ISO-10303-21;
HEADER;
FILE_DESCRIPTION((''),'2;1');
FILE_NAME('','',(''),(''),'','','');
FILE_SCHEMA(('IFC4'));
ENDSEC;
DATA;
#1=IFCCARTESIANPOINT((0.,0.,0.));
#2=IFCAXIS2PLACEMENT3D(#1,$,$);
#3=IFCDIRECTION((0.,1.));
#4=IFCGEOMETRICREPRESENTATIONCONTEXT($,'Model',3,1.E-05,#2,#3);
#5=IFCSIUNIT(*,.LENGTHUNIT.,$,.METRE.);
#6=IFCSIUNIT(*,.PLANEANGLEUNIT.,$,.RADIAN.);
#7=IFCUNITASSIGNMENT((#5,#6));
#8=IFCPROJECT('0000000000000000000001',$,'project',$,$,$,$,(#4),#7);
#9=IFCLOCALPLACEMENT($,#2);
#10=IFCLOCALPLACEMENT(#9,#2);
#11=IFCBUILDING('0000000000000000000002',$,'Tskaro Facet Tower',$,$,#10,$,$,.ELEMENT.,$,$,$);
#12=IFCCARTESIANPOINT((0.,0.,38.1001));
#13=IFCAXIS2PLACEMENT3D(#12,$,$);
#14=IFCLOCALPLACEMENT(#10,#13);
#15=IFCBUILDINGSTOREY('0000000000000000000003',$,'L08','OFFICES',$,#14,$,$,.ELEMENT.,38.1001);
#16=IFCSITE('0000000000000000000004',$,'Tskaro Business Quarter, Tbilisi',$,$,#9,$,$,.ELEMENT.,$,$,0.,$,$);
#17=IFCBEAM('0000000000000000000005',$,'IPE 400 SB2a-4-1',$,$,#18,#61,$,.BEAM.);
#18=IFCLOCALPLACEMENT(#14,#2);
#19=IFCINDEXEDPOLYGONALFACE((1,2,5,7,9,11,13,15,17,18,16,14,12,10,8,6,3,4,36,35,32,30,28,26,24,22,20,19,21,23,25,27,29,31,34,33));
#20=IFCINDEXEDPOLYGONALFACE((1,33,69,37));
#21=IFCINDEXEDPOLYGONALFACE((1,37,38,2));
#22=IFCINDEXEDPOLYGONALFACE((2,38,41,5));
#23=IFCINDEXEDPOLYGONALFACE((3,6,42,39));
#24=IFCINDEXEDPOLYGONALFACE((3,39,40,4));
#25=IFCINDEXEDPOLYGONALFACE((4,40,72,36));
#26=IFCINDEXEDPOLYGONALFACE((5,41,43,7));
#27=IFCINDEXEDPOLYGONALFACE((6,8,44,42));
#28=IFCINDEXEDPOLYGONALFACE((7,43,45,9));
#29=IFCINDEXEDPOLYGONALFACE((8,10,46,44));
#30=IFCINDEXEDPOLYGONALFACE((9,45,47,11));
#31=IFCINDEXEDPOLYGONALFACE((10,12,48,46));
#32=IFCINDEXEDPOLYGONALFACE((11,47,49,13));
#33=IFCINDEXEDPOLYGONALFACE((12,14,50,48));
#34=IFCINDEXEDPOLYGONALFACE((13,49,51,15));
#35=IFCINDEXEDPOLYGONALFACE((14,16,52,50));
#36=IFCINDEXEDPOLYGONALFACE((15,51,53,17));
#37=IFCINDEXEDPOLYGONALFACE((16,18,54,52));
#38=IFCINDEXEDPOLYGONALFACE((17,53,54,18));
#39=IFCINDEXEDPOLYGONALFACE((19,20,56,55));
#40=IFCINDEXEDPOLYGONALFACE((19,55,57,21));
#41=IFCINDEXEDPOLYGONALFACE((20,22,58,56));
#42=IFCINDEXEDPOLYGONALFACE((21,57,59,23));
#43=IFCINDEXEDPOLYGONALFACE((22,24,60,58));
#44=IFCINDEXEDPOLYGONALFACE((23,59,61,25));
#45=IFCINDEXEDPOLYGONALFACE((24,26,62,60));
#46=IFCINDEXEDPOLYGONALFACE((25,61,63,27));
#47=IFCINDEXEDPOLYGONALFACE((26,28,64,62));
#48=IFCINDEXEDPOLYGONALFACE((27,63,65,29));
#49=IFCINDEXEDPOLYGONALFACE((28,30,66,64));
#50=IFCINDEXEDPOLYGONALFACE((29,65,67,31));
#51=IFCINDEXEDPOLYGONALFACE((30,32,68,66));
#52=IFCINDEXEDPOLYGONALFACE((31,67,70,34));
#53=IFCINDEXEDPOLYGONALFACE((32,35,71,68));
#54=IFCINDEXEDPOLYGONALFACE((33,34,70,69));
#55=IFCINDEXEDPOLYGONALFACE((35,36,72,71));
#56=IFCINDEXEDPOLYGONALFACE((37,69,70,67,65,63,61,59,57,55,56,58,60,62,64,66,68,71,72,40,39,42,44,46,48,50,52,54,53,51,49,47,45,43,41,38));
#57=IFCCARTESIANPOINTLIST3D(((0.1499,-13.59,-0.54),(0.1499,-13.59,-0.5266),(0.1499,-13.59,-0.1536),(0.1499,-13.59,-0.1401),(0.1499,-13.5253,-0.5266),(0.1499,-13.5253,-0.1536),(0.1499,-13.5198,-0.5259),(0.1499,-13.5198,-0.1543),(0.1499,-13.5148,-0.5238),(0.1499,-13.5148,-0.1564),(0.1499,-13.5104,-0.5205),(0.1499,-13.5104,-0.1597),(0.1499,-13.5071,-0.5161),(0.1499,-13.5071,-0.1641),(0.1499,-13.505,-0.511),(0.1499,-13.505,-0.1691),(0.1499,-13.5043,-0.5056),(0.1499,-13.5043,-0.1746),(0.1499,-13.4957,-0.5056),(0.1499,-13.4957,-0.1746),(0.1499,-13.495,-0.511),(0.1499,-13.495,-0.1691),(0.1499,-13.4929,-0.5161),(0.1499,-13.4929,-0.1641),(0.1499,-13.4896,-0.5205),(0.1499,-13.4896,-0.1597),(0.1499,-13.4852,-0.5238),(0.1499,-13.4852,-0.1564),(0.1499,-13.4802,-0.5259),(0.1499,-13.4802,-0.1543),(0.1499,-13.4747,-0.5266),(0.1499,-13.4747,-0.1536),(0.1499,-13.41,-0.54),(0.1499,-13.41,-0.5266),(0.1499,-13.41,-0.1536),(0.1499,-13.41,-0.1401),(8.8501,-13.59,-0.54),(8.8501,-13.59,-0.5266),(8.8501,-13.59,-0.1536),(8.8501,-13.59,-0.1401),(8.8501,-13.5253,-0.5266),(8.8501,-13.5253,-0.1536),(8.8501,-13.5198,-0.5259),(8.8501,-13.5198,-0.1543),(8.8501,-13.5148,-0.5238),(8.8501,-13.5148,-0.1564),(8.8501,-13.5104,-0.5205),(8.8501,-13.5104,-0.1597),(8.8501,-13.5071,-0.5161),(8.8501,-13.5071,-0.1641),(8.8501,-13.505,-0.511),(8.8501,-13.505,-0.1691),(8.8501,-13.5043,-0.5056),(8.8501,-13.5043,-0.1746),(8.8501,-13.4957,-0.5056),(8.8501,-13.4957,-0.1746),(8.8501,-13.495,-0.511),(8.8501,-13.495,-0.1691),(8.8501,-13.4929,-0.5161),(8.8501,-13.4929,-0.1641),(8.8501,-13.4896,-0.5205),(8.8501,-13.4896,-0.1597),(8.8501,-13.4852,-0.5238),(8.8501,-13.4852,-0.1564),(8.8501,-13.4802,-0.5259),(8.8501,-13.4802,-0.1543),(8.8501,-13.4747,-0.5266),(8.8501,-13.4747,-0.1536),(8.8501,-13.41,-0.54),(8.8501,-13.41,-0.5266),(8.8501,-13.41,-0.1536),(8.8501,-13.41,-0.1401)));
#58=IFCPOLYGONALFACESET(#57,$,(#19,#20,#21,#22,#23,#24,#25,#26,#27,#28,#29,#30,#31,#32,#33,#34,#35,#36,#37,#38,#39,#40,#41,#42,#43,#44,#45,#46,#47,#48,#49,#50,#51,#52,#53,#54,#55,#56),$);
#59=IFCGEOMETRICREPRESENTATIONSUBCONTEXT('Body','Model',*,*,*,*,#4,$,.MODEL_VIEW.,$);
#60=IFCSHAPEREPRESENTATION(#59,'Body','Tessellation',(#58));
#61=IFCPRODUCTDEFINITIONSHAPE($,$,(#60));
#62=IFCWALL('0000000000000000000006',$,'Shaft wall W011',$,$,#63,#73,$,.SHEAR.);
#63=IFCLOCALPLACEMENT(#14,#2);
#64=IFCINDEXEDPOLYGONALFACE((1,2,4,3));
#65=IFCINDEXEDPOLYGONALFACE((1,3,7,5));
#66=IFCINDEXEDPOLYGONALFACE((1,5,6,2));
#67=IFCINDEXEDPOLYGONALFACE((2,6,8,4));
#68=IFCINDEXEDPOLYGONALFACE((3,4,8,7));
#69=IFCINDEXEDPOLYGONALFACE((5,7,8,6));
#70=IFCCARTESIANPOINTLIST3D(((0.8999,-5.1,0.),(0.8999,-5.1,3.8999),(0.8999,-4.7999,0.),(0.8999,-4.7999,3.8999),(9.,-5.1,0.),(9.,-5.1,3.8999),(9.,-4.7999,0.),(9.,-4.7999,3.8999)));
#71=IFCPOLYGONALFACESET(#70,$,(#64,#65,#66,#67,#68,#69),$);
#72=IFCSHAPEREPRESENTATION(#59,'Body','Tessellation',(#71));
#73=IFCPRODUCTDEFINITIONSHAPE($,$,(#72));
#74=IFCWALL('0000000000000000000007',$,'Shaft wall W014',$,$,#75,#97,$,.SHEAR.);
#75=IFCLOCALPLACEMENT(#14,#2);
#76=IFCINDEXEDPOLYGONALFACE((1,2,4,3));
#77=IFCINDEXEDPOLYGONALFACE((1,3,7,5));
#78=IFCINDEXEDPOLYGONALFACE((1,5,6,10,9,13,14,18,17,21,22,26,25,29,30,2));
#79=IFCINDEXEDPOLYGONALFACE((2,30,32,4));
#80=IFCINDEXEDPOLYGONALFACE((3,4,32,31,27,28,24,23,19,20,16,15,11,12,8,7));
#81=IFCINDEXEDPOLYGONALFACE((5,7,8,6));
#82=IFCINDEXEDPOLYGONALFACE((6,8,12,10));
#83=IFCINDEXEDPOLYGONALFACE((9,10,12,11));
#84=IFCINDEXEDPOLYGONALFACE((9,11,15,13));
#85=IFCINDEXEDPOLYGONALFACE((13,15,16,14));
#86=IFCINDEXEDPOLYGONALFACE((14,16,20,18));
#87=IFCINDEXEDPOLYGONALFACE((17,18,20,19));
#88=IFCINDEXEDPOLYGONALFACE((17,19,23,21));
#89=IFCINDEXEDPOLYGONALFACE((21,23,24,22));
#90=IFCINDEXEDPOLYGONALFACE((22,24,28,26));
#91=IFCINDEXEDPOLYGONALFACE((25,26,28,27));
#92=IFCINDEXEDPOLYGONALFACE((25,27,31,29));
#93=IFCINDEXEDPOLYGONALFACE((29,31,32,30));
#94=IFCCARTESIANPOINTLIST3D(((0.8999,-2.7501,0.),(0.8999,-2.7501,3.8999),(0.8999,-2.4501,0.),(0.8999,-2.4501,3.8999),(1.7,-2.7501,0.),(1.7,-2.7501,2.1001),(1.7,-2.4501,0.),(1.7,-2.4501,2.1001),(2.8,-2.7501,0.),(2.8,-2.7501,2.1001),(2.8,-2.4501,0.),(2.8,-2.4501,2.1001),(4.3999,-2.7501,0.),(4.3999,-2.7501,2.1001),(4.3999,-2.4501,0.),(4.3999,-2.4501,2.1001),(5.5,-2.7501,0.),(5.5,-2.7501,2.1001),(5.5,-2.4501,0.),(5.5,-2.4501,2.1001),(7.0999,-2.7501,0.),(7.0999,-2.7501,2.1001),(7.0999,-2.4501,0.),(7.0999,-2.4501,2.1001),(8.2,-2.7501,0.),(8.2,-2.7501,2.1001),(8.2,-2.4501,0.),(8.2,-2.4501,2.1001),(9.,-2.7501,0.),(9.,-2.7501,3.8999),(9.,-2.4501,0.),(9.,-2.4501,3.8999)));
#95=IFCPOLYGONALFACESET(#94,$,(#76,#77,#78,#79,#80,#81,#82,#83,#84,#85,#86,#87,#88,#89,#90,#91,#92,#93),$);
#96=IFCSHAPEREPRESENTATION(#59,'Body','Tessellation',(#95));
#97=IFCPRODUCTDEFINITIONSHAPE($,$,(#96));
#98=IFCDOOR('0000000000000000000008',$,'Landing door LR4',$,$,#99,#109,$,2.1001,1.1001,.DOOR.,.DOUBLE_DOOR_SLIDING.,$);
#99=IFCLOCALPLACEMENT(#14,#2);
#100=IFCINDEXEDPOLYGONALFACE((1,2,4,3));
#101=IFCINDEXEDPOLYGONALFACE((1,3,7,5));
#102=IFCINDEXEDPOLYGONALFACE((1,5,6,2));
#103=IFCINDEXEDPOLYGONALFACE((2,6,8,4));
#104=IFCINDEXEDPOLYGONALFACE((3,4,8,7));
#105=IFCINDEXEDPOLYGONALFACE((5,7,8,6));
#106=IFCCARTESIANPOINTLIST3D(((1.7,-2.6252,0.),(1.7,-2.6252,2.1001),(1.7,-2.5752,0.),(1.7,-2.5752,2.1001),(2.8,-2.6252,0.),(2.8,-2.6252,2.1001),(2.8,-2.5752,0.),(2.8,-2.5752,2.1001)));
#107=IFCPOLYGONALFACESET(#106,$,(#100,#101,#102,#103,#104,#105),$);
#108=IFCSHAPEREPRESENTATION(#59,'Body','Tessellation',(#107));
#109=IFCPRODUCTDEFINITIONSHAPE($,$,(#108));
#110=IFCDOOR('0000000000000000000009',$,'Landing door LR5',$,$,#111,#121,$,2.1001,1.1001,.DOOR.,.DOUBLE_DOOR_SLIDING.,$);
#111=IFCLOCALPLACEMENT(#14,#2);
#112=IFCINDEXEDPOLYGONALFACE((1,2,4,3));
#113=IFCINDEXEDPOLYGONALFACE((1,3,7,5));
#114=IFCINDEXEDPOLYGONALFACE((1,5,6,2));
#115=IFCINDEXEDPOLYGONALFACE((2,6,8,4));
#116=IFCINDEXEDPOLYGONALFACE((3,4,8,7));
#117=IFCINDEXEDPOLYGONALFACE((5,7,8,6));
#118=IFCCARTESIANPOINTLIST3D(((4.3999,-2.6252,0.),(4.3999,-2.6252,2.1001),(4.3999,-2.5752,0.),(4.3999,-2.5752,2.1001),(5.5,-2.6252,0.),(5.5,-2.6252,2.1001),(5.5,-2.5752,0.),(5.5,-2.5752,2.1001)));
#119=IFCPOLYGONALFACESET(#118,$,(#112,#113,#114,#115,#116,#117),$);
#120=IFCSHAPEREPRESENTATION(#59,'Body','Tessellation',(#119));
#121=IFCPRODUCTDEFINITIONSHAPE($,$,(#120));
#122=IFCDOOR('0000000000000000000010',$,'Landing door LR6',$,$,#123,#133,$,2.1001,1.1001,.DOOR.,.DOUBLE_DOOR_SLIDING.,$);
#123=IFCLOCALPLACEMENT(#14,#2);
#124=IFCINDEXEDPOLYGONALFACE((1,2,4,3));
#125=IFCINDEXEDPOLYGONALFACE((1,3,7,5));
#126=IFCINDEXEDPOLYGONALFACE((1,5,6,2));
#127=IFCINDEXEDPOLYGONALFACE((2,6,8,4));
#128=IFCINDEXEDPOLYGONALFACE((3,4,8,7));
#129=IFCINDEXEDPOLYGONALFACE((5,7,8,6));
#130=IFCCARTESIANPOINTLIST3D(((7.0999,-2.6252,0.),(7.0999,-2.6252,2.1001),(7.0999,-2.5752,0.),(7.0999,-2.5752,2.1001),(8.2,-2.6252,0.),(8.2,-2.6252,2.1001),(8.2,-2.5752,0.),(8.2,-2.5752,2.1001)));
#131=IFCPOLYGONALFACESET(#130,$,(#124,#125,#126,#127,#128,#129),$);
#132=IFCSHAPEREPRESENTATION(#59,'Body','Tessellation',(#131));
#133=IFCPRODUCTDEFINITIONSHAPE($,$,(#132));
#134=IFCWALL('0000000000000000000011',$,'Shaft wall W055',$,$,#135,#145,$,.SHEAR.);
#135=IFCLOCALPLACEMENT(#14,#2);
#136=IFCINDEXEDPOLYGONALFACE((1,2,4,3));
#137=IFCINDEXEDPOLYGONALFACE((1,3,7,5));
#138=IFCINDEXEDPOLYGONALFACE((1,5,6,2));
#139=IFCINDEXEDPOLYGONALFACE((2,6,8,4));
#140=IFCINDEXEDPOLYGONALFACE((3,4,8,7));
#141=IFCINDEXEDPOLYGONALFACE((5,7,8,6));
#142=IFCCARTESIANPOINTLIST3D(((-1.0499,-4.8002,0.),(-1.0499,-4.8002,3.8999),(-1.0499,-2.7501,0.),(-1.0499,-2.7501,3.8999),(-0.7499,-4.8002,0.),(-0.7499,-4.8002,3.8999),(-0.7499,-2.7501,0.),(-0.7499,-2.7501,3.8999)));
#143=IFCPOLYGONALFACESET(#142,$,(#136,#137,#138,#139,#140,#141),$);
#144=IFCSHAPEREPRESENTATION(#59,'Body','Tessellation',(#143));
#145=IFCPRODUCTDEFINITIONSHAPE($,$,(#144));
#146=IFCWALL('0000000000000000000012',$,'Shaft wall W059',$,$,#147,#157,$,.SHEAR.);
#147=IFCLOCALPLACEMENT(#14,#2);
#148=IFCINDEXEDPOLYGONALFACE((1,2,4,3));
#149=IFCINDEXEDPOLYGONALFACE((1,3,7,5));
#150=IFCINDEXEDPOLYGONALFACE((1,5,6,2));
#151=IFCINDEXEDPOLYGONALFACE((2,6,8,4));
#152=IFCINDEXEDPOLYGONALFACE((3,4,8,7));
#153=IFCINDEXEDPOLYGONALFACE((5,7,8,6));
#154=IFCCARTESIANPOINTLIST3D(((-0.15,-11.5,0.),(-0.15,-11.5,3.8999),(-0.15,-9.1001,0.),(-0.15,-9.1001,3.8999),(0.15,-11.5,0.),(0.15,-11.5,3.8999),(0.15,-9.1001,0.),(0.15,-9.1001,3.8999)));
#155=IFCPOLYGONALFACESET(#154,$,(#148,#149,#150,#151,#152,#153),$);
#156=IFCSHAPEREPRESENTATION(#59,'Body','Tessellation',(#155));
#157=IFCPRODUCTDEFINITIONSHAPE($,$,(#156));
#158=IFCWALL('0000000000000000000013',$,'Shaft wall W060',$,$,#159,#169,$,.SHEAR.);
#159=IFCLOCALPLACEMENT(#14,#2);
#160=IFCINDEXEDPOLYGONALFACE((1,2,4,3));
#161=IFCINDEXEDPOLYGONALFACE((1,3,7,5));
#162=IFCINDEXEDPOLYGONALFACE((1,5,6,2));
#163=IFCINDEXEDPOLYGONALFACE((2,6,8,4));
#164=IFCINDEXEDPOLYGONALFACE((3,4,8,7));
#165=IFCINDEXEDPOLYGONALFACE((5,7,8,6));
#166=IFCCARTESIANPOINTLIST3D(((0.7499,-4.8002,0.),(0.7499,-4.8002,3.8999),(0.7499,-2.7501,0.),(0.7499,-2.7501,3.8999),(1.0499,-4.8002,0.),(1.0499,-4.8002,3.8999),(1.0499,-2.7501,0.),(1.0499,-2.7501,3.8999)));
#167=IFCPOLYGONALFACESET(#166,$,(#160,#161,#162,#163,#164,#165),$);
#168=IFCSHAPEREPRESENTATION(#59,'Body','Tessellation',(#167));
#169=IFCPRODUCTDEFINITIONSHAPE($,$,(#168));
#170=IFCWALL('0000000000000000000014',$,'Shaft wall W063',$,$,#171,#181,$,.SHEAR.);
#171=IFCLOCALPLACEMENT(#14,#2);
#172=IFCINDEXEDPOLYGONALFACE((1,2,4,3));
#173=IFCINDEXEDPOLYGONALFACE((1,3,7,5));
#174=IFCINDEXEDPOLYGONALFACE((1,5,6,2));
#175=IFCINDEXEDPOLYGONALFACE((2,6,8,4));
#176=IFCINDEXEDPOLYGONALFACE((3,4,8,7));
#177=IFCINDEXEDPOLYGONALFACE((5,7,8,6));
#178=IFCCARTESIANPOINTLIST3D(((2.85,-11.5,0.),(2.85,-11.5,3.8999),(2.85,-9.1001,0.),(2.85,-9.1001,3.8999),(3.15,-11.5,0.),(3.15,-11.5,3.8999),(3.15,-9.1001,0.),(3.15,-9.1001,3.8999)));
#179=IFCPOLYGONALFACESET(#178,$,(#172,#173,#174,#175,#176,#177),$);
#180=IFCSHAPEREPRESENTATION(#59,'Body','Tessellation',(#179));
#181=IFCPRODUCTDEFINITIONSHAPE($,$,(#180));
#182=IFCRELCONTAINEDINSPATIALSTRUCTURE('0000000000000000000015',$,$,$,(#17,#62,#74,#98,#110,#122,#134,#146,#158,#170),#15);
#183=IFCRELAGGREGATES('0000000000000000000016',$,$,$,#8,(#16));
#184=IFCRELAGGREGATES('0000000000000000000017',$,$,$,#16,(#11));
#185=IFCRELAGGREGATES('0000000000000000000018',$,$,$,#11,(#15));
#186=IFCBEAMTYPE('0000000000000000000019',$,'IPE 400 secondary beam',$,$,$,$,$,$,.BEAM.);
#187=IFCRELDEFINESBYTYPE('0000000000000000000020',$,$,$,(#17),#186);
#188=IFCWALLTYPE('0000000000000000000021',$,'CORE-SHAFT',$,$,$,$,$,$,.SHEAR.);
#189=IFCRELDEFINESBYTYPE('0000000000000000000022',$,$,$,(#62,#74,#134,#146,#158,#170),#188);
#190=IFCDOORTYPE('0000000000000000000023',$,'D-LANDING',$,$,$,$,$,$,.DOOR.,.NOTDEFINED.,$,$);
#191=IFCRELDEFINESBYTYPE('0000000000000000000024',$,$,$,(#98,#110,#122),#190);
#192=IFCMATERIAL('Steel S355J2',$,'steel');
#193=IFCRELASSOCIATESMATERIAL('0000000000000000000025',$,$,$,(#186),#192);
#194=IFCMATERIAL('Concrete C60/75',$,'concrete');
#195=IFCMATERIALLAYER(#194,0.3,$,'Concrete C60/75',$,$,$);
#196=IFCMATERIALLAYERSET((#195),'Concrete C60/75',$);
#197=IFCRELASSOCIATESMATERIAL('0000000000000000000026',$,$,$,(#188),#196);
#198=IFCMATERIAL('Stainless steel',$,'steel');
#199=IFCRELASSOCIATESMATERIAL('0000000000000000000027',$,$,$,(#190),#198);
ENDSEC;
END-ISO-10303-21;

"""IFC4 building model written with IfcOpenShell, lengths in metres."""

from ifc_helpers import new_model, si_unit, direction, frame, frame_2d, origin, origin_2d, place, context, subcontext, project, spatial, rectangle, i_section, extrude, material, layer, layer_set, material_profile, profile_set, type_object, element, fill, save


model = new_model("IFC4")

# Units and contexts
model_context = context("Model", 3, precision=1e-05, world=origin(), true_north=direction((0.0, 1.0)))
body_context = subcontext(model_context, "Body", "Model", "MODEL_VIEW")
ifc_project = project(units=[si_unit("LENGTHUNIT", "METRE"), si_unit("PLANEANGLEUNIT", "RADIAN")], contexts=[model_context])

# Site, building, storey
site_placement = place(None, origin())
site = spatial("IfcSite", under=ifc_project, at=site_placement, Name="Tskaro Business Quarter, Tbilisi", CompositionType="ELEMENT", RefElevation=0.0)
building_placement = place(site_placement, origin())
building = spatial("IfcBuilding", under=site, at=building_placement, Name="Tskaro Facet Tower", CompositionType="ELEMENT")
storey_placement = place(building_placement, frame((0.0, 0.0, 38.1001)))
storey = spatial("IfcBuildingStorey", under=building, at=storey_placement, Name="L08", Description="OFFICES", CompositionType="ELEMENT", Elevation=38.1001)

# Beam
ifc_material_1 = material(Name="Steel S355J2", Category="steel")
ifc_material_profile = material_profile(ifc_material_1, i_section(OverallWidth=0.1799, OverallDepth=0.3999, WebThickness=0.0085, FlangeThickness=0.0134, FilletRadius=0.021, at=origin_2d()), Name="IPE 400")
ifc_profile_set = profile_set([ifc_material_profile], Name="Steel S355J2")
beam_type = type_object("IfcBeamType", Name="IPE 400 secondary beam", PredefinedType="BEAM", material=ifc_profile_set)
beam_placement = place(storey_placement, frame((0.1499, -13.5, -0.3401), z_axis=(1.0, 0.0, 0.0), x_axis=(0.0, 1.0, 0.0)))
element("IfcBeam", 1, at=beam_placement, inside=storey, type_object=beam_type, Name="IPE 400 SB2a-4-1", PredefinedType="BEAM", context=body_context, shape_type="SweptSolid", body=[
    extrude(i_section(OverallWidth=0.1799, OverallDepth=0.3999, WebThickness=0.0085, FlangeThickness=0.0134, FilletRadius=0.021, at=origin_2d()), origin(), (0.0, 0.0, 1.0), 8.7002),
])

# Wall
ifc_material_2 = material(Name="Concrete C60/75", Category="concrete")
ifc_layer_1 = layer(ifc_material_2, 0.3, Name="Concrete C60/75")
ifc_layer_set_1 = layer_set([ifc_layer_1], Name="Concrete C60/75")
wall_type_1 = type_object("IfcWallType", Name="CORE-SHAFT", PredefinedType="SHEAR", material=ifc_layer_set_1)
wall_1_placement = place(storey_placement, frame((0.8999, -4.95, 0.0), z_axis=(0.0, 0.0, 1.0), x_axis=(1.0, 0.0, 0.0)))
element("IfcWall", 2, at=wall_1_placement, inside=storey, type_object=wall_type_1, Name="Shaft wall W011", PredefinedType="SHEAR", context=body_context, shape_type="SweptSolid", body=[
    extrude(rectangle(XDim=8.1001, YDim=0.3, at=frame_2d((4.05, 0.0))), origin(), (0.0, 0.0, 1.0), 3.8999),
])

# Wall, openings, doors
wall_2_placement = place(storey_placement, frame((0.8999, -2.6001, 0.0), z_axis=(0.0, 0.0, 1.0), x_axis=(1.0, 0.0, 0.0)))
wall_2 = element("IfcWall", 3, at=wall_2_placement, inside=storey, type_object=wall_type_1, Name="Shaft wall W014", PredefinedType="SHEAR", context=body_context, shape_type="SweptSolid", body=[
    extrude(rectangle(XDim=8.1001, YDim=0.3, at=frame_2d((4.05, 0.0))), origin(), (0.0, 0.0, 1.0), 3.8999),
])
opening_1_placement = place(wall_2_placement, frame((0.8, 0.0, 0.0)))
opening_1 = element("IfcOpeningElement", 4, at=opening_1_placement, cuts=wall_2, PredefinedType="OPENING", context=body_context, shape_type="SweptSolid", body=[
    extrude(rectangle(XDim=1.1001, YDim=2.1001, at=frame_2d((0.55, 1.05))), frame((0.0, 0.1599, 0.0), z_axis=(0.0, -1.0, 0.0), x_axis=(1.0, 0.0, 0.0)), (0.0, 0.0, 1.0), 0.3201),
])
opening_2_placement = place(wall_2_placement, frame((3.5, 0.0, 0.0)))
opening_2 = element("IfcOpeningElement", 5, at=opening_2_placement, cuts=wall_2, PredefinedType="OPENING", context=body_context, shape_type="SweptSolid", body=[
    extrude(rectangle(XDim=1.1001, YDim=2.1001, at=frame_2d((0.55, 1.05))), frame((0.0, 0.1599, 0.0), z_axis=(0.0, -1.0, 0.0), x_axis=(1.0, 0.0, 0.0)), (0.0, 0.0, 1.0), 0.3201),
])
opening_3_placement = place(wall_2_placement, frame((6.2, 0.0, 0.0)))
opening_3 = element("IfcOpeningElement", 6, at=opening_3_placement, cuts=wall_2, PredefinedType="OPENING", context=body_context, shape_type="SweptSolid", body=[
    extrude(rectangle(XDim=1.1001, YDim=2.1001, at=frame_2d((0.55, 1.05))), frame((0.0, 0.1599, 0.0), z_axis=(0.0, -1.0, 0.0), x_axis=(1.0, 0.0, 0.0)), (0.0, 0.0, 1.0), 0.3201),
])
ifc_material_3 = material(Name="Stainless steel", Category="steel")
door_type_1 = type_object("IfcDoorType", Name="D-LANDING", OperationType="NOTDEFINED", PredefinedType="DOOR", material=ifc_material_3)
door_1_placement = place(opening_1_placement, origin())
door_1 = element("IfcDoor", 7, at=door_1_placement, inside=storey, type_object=door_type_1, Name="Landing door LR4", OperationType="DOUBLE_DOOR_SLIDING", OverallHeight=2.1001, OverallWidth=1.1001, PredefinedType="DOOR", context=body_context, shape_type="SweptSolid", body=[
    extrude(rectangle(XDim=1.1001, YDim=2.1001, at=frame_2d((0.55, 1.05))), frame((0.0, 0.0249, 0.0), z_axis=(0.0, -1.0, 0.0), x_axis=(1.0, 0.0, 0.0)), (0.0, 0.0, 1.0), 0.05),
])
fill(opening_1, door_1)
door_2_placement = place(opening_2_placement, origin())
door_2 = element("IfcDoor", 8, at=door_2_placement, inside=storey, type_object=door_type_1, Name="Landing door LR5", OperationType="DOUBLE_DOOR_SLIDING", OverallHeight=2.1001, OverallWidth=1.1001, PredefinedType="DOOR", context=body_context, shape_type="SweptSolid", body=[
    extrude(rectangle(XDim=1.1001, YDim=2.1001, at=frame_2d((0.55, 1.05))), frame((0.0, 0.0249, 0.0), z_axis=(0.0, -1.0, 0.0), x_axis=(1.0, 0.0, 0.0)), (0.0, 0.0, 1.0), 0.05),
])
fill(opening_2, door_2)
door_3_placement = place(opening_3_placement, origin())
door_3 = element("IfcDoor", 9, at=door_3_placement, inside=storey, type_object=door_type_1, Name="Landing door LR6", OperationType="DOUBLE_DOOR_SLIDING", OverallHeight=2.1001, OverallWidth=1.1001, PredefinedType="DOOR", context=body_context, shape_type="SweptSolid", body=[
    extrude(rectangle(XDim=1.1001, YDim=2.1001, at=frame_2d((0.55, 1.05))), frame((0.0, 0.0249, 0.0), z_axis=(0.0, -1.0, 0.0), x_axis=(1.0, 0.0, 0.0)), (0.0, 0.0, 1.0), 0.05),
])
fill(opening_3, door_3)

# Walls
wall_3_placement = place(storey_placement, frame((-0.8999, -4.8, 0.0), z_axis=(0.0, 0.0, 1.0), x_axis=(0.0, 1.0, 0.0)))
element("IfcWall", 10, at=wall_3_placement, inside=storey, type_object=wall_type_1, Name="Shaft wall W055", PredefinedType="SHEAR", context=body_context, shape_type="SweptSolid", body=[
    extrude(rectangle(XDim=2.05, YDim=0.3, at=frame_2d((1.0249, 0.0))), origin(), (0.0, 0.0, 1.0), 3.8999),
])
wall_4_placement = place(storey_placement, frame((0.0, -11.5, 0.0), z_axis=(0.0, 0.0, 1.0), x_axis=(0.0, 1.0, 0.0)))
element("IfcWall", 11, at=wall_4_placement, inside=storey, type_object=wall_type_1, Name="Shaft wall W059", PredefinedType="SHEAR", context=body_context, shape_type="SweptSolid", body=[
    extrude(rectangle(XDim=2.3999, YDim=0.3, at=frame_2d((1.2, 0.0))), origin(), (0.0, 0.0, 1.0), 3.8999),
])
wall_5_placement = place(storey_placement, frame((0.8999, -4.8, 0.0), z_axis=(0.0, 0.0, 1.0), x_axis=(0.0, 1.0, 0.0)))
element("IfcWall", 12, at=wall_5_placement, inside=storey, type_object=wall_type_1, Name="Shaft wall W060", PredefinedType="SHEAR", context=body_context, shape_type="SweptSolid", body=[
    extrude(rectangle(XDim=2.05, YDim=0.3, at=frame_2d((1.0249, 0.0))), origin(), (0.0, 0.0, 1.0), 3.8999),
])
wall_6_placement = place(storey_placement, frame((3.0, -11.5, 0.0), z_axis=(0.0, 0.0, 1.0), x_axis=(0.0, 1.0, 0.0)))
element("IfcWall", 13, at=wall_6_placement, inside=storey, type_object=wall_type_1, Name="Shaft wall W063", PredefinedType="SHEAR", context=body_context, shape_type="SweptSolid", body=[
    extrude(rectangle(XDim=2.3999, YDim=0.3, at=frame_2d((1.2, 0.0))), origin(), (0.0, 0.0, 1.0), 3.8999),
])

save(model, "model.ifc")
